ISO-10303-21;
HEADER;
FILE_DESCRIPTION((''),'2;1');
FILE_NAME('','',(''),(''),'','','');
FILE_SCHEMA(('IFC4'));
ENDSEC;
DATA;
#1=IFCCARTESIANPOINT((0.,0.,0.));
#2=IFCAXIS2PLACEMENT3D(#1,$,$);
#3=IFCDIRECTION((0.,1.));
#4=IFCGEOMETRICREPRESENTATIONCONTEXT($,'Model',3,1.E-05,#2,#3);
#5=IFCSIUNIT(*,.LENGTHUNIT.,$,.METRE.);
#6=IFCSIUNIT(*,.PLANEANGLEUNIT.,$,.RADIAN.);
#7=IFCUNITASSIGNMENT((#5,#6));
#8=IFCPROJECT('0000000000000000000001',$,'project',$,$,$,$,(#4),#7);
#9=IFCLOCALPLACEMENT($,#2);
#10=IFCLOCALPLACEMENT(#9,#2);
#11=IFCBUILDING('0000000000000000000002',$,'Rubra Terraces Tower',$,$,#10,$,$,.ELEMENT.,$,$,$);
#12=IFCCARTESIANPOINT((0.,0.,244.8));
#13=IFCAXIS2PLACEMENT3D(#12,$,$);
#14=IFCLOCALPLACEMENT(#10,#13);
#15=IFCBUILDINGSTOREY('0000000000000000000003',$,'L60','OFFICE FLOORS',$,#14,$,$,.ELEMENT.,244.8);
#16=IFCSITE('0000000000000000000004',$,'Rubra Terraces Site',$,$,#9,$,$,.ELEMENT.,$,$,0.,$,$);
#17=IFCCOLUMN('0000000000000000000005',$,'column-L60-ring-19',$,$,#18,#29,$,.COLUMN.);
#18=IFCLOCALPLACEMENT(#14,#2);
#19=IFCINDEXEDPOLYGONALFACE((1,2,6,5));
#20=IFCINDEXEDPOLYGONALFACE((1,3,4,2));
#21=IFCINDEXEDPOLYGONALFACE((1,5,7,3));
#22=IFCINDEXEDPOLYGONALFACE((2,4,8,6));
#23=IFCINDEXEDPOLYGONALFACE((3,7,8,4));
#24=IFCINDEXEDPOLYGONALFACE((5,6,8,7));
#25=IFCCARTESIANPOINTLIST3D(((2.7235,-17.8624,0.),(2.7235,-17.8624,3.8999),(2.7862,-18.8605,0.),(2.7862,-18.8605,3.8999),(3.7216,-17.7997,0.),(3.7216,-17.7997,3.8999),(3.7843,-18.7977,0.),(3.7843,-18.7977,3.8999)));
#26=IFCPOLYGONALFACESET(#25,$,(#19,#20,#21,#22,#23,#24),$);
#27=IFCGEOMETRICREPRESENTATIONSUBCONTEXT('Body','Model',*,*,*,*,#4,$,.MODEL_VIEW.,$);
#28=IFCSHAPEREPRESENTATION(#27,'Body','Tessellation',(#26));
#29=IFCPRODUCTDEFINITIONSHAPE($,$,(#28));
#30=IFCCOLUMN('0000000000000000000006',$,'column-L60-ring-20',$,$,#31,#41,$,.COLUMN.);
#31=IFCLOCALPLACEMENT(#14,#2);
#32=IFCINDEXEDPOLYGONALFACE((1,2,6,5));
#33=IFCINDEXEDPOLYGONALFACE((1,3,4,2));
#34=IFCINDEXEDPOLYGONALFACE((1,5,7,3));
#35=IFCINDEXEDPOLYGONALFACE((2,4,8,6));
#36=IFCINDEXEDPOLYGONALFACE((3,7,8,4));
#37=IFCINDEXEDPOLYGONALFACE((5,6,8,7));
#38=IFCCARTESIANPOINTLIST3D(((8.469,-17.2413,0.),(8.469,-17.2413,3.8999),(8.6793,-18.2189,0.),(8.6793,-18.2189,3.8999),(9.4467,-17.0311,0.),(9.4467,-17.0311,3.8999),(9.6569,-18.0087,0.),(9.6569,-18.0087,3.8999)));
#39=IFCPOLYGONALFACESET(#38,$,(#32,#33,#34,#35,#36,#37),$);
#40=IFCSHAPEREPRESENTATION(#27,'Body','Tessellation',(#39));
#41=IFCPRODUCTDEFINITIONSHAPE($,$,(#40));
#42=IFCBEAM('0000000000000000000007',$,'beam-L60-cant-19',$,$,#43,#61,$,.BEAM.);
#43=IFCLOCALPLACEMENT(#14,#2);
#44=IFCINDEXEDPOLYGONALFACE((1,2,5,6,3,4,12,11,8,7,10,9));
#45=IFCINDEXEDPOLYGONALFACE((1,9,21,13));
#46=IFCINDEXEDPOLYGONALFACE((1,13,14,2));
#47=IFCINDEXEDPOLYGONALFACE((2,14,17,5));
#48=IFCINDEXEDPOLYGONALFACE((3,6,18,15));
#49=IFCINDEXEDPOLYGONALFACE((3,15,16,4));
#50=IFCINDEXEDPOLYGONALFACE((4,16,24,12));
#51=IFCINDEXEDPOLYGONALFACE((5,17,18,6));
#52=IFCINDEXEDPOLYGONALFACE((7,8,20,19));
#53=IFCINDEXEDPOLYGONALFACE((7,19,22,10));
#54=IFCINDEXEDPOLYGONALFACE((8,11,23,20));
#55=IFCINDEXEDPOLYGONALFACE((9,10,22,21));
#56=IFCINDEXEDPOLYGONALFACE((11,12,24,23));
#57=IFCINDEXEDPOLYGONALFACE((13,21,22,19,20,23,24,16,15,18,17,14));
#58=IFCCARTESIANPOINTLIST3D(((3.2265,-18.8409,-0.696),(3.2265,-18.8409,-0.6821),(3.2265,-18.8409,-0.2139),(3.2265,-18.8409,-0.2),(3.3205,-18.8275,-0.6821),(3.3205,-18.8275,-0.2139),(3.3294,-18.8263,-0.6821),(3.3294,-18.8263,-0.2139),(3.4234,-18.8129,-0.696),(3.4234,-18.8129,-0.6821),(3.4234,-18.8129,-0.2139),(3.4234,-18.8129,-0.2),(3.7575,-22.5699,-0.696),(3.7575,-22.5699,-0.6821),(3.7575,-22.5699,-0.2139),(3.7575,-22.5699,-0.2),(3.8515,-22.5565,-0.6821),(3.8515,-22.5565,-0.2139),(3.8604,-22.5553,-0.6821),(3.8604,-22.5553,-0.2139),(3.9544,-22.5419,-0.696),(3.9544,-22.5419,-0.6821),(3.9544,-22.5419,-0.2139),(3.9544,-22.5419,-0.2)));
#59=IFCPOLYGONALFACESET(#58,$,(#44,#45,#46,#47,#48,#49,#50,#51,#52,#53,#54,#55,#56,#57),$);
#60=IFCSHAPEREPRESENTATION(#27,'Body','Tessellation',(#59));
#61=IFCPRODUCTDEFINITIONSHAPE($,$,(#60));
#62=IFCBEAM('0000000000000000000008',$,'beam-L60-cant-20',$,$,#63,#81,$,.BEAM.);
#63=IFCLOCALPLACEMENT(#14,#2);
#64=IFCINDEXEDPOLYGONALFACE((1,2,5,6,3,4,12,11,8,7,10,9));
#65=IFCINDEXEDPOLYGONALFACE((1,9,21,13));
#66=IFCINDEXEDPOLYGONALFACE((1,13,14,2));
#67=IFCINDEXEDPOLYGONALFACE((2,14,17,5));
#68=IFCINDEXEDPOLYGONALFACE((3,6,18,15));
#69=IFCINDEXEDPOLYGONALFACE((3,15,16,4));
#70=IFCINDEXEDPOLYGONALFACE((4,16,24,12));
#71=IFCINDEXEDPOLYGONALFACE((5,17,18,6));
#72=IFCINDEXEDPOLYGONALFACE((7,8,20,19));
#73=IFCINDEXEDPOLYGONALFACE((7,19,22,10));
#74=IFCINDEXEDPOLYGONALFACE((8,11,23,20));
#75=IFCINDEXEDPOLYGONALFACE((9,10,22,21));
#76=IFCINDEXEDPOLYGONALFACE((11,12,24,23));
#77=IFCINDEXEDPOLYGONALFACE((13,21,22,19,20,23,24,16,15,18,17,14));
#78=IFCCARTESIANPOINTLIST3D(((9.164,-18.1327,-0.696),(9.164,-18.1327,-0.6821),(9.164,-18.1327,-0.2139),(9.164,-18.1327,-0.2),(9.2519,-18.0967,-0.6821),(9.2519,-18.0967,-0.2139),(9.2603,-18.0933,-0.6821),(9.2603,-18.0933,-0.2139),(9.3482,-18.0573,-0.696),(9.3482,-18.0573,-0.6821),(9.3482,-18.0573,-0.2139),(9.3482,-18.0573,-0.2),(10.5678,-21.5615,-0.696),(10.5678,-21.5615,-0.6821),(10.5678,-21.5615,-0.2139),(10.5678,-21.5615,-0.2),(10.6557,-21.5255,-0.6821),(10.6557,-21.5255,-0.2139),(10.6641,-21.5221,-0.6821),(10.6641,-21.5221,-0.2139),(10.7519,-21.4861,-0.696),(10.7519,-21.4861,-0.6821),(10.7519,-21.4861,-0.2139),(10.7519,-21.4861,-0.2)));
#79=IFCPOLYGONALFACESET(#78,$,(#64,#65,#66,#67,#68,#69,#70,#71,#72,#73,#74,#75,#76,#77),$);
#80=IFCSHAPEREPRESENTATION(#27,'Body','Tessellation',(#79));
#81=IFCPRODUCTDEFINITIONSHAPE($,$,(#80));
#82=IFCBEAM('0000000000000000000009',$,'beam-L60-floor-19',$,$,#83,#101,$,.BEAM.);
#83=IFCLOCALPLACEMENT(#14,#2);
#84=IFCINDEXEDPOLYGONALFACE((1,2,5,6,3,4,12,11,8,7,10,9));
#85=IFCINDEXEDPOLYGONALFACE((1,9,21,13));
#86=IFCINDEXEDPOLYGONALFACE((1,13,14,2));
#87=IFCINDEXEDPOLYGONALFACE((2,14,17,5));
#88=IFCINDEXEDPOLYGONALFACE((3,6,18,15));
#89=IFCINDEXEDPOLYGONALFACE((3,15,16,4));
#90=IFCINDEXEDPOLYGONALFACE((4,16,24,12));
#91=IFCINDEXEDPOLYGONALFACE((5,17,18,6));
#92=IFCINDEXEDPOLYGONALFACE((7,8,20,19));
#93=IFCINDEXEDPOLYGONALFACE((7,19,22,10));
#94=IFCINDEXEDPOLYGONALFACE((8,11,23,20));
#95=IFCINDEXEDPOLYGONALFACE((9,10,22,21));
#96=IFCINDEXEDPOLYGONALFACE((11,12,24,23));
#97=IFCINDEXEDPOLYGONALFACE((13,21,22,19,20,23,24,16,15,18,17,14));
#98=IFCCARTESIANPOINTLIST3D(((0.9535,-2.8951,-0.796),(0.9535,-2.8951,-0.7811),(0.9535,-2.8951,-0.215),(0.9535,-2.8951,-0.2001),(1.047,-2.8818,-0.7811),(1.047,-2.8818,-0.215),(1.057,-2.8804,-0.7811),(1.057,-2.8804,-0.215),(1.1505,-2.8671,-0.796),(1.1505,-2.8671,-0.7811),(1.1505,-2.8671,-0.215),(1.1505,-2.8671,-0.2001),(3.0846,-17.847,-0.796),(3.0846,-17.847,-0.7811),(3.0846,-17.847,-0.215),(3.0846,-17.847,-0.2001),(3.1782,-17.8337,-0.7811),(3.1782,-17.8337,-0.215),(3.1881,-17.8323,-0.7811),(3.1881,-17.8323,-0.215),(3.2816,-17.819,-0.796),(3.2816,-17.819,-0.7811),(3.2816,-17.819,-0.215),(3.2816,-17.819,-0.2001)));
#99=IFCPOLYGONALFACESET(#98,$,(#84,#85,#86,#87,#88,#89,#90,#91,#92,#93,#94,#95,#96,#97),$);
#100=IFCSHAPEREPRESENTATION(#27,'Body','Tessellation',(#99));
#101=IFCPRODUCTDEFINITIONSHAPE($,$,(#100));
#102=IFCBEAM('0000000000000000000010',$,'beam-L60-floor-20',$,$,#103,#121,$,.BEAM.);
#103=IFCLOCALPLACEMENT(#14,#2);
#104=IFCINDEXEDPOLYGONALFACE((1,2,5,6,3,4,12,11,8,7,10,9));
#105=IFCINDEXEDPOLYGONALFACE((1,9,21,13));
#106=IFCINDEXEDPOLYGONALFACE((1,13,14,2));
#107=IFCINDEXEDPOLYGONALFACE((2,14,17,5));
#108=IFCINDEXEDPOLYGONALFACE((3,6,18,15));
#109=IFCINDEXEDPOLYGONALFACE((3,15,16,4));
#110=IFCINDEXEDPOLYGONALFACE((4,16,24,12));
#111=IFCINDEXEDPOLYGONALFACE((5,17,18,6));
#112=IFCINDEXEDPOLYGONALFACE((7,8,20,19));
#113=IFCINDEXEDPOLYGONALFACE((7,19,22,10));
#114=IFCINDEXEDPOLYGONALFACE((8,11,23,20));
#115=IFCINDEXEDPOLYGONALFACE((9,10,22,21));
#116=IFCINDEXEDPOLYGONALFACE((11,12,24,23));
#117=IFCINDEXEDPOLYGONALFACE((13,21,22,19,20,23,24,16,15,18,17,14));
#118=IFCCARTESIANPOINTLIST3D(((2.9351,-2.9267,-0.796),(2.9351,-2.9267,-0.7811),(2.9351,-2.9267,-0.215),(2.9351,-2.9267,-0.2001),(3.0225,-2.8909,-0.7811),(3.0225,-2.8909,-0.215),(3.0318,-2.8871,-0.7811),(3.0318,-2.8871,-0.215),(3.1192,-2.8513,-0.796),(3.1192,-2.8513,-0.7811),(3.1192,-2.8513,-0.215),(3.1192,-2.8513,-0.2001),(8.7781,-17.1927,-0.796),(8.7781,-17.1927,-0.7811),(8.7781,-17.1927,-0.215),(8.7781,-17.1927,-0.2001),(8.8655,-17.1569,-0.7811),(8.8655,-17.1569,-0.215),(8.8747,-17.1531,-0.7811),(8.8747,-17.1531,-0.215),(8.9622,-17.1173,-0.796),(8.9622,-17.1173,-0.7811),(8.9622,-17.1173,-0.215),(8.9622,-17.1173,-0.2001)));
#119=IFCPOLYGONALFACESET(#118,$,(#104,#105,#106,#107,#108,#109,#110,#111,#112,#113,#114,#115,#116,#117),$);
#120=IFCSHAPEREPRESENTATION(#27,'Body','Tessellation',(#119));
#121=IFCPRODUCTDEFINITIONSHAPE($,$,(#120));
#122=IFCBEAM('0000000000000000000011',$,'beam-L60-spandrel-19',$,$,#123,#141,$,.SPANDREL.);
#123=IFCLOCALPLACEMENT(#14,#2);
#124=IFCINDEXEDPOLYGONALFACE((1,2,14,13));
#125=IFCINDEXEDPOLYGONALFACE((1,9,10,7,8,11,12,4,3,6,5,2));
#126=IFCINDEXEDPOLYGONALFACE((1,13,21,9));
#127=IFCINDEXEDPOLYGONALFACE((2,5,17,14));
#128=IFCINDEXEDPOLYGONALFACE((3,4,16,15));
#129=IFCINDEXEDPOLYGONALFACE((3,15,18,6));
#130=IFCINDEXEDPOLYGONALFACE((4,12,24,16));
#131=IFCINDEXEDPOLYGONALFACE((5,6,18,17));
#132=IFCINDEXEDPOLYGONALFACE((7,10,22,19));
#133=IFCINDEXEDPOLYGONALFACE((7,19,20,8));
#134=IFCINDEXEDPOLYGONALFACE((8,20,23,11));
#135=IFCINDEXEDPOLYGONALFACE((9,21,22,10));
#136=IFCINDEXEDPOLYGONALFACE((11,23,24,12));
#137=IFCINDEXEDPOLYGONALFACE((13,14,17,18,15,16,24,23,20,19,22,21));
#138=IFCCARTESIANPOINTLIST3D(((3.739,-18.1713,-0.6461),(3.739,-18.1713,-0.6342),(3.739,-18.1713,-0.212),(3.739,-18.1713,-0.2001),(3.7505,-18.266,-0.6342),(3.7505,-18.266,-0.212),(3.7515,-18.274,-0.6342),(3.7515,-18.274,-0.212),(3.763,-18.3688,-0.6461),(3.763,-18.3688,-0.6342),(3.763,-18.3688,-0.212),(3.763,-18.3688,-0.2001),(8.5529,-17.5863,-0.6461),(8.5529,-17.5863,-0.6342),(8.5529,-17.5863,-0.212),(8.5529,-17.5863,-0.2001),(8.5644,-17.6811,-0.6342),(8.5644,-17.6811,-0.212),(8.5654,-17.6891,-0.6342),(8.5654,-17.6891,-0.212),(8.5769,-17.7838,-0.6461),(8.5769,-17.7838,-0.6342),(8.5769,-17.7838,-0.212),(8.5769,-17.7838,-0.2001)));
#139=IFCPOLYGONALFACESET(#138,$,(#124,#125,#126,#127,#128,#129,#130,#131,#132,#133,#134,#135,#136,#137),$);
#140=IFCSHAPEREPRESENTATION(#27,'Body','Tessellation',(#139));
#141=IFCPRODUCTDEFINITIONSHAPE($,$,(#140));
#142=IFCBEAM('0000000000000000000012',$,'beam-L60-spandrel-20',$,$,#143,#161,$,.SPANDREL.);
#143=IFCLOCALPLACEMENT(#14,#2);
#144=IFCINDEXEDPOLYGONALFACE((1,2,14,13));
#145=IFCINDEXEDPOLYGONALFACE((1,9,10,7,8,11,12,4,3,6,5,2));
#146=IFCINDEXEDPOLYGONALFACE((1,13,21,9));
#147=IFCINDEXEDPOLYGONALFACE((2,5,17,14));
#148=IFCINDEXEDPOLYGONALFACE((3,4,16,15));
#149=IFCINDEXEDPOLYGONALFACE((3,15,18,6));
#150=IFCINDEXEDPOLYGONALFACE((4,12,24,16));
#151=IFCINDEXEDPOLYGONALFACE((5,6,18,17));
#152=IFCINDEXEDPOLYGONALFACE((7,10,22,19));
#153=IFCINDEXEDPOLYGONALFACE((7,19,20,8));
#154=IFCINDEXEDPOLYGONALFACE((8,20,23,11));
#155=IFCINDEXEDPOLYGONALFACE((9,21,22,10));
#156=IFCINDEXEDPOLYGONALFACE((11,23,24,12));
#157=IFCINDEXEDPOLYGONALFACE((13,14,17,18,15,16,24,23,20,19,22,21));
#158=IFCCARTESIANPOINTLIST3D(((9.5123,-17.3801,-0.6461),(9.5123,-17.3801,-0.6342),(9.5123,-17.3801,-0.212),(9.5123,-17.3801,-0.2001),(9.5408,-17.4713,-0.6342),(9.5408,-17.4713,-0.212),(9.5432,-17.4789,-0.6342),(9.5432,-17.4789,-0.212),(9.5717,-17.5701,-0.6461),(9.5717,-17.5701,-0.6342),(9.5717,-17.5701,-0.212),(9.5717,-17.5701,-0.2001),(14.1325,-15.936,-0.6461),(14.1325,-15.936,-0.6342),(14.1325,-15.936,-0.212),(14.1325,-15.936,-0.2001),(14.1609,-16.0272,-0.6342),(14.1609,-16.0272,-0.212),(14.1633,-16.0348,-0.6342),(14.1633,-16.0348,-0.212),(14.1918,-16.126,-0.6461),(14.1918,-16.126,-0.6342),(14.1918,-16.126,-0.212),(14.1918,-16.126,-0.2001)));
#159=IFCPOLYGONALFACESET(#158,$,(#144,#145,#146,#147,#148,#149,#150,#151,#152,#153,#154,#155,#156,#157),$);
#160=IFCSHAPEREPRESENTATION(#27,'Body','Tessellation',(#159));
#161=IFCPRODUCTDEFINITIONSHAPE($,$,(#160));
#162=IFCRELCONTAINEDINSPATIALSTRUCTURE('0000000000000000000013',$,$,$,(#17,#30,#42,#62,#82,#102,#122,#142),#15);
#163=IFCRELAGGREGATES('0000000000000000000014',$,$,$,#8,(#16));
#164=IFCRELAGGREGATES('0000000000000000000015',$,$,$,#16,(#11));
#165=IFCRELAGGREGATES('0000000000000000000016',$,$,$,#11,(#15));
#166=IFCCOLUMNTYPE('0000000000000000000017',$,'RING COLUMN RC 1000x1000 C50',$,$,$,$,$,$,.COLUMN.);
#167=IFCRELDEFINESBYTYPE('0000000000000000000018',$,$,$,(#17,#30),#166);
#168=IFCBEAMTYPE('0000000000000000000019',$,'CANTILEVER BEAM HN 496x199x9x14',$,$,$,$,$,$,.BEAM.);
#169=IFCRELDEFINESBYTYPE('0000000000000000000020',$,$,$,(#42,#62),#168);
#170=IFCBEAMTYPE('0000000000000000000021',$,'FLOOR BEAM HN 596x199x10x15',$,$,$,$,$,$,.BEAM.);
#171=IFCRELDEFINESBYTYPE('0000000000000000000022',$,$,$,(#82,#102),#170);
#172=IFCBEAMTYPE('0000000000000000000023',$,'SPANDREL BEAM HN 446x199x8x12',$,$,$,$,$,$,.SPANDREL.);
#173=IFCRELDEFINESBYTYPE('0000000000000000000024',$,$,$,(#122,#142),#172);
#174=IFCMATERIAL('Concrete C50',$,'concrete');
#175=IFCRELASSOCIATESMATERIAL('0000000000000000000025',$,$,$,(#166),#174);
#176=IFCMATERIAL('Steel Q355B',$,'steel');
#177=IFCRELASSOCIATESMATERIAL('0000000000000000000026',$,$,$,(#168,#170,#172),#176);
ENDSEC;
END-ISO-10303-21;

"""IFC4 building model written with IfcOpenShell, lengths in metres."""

from ifc_helpers import new_model, si_unit, direction, frame, origin, origin_2d, place, context, subcontext, project, spatial, rectangle, i_section, extrude, material, material_profile, profile_set, type_object, element, save


model = new_model("IFC4")

# Units and contexts
model_context = context("Model", 3, precision=1e-05, world=origin(), true_north=direction((0.0, 1.0)))
body_context = subcontext(model_context, "Body", "Model", "MODEL_VIEW")
ifc_project = project(units=[si_unit("LENGTHUNIT", "METRE"), si_unit("PLANEANGLEUNIT", "RADIAN")], contexts=[model_context])

# Site, building, storey
site_placement = place(None, origin())
site = spatial("IfcSite", under=ifc_project, at=site_placement, Name="Rubra Terraces Site", CompositionType="ELEMENT", RefElevation=0.0)
building_placement = place(site_placement, origin())
building = spatial("IfcBuilding", under=site, at=building_placement, Name="Rubra Terraces Tower", CompositionType="ELEMENT")
storey_placement = place(building_placement, frame((0.0, 0.0, 244.8)))
storey = spatial("IfcBuildingStorey", under=building, at=storey_placement, Name="L60", Description="OFFICE FLOORS", CompositionType="ELEMENT", Elevation=244.8)

# Columns
ifc_material_1 = material(Name="Concrete C50", Category="concrete")
ifc_material_profile_1 = material_profile(ifc_material_1, rectangle(XDim=1.0, YDim=1.0, at=origin_2d()), Name="RC 1000x1000")
ifc_profile_set_1 = profile_set([ifc_material_profile_1], Name="Concrete C50")
column_type = type_object("IfcColumnType", Name="RING COLUMN RC 1000x1000 C50", PredefinedType="COLUMN", material=ifc_profile_set_1)
for number, where, z_axis, x_axis, name in (
    (1, (3.2539, -18.3301, 0.0), (0.0, 0.0, 1.0), (0.998032, 0.062714, 0.0), "column-L60-ring-19"),
    (2, (9.063, -17.625, 0.0), (0.0, 0.0, 1.0), (0.977653, 0.210227, 0.0), "column-L60-ring-20"),
):
    element("IfcColumn", number, at=place(storey_placement, frame(where, z_axis=z_axis, x_axis=x_axis)), inside=storey, type_object=column_type, Name=name, PredefinedType="COLUMN", context=body_context, shape_type="SweptSolid", body=[
        extrude(rectangle(XDim=1.0, YDim=1.0, at=origin_2d()), origin(), (0.0, 0.0, 1.0), 3.8999),
    ])

# Beams
ifc_material_2 = material(Name="Steel Q355B", Category="steel")
ifc_material_profile_2 = material_profile(ifc_material_2, i_section(OverallWidth=0.199, OverallDepth=0.4961, WebThickness=0.009, FlangeThickness=0.0139, at=origin_2d()), Name="HN 496x199x9x14")
ifc_profile_set_2 = profile_set([ifc_material_profile_2], Name="Steel Q355B")
beam_type_1 = type_object("IfcBeamType", Name="CANTILEVER BEAM HN 496x199x9x14", PredefinedType="BEAM", material=ifc_profile_set_2)
beam_1_placement = place(storey_placement, frame((3.325, -18.8269, -0.448), z_axis=(0.140977, -0.990013, 0.0), x_axis=(0.990013, 0.140977, 0.0)))
element("IfcBeam", 3, at=beam_1_placement, inside=storey, type_object=beam_type_1, Name="beam-L60-cant-19", PredefinedType="BEAM", context=body_context, shape_type="SweptSolid", body=[
    extrude(i_section(OverallWidth=0.199, OverallDepth=0.4961, WebThickness=0.009, FlangeThickness=0.0139, at=origin_2d()), origin(), (0.0, 0.0, 1.0), 3.7666),
])
beam_2_placement = place(storey_placement, frame((9.2561, -18.095, -0.448), z_axis=(0.378877, -0.925447, 0.0), x_axis=(0.925447, 0.378877, 0.0)))
element("IfcBeam", 4, at=beam_2_placement, inside=storey, type_object=beam_type_1, Name="beam-L60-cant-20", PredefinedType="BEAM", context=body_context, shape_type="SweptSolid", body=[
    extrude(i_section(OverallWidth=0.199, OverallDepth=0.4961, WebThickness=0.009, FlangeThickness=0.0139, at=origin_2d()), origin(), (0.0, 0.0, 1.0), 3.7051),
])
ifc_material_profile_3 = material_profile(ifc_material_2, i_section(OverallWidth=0.199, OverallDepth=0.5959, WebThickness=0.01, FlangeThickness=0.0149, at=origin_2d()), Name="HN 596x199x10x15")
ifc_profile_set_3 = profile_set([ifc_material_profile_3], Name="Steel Q355B")
beam_type_2 = type_object("IfcBeamType", Name="FLOOR BEAM HN 596x199x10x15", PredefinedType="BEAM", material=ifc_profile_set_3)
beam_3_placement = place(storey_placement, frame((3.1831, -17.833, -0.498), z_axis=(-0.141105, 0.989995, 0.0), x_axis=(-0.989995, -0.141105, 0.0)))
element("IfcBeam", 5, at=beam_3_placement, inside=storey, type_object=beam_type_2, Name="beam-L60-floor-19", PredefinedType="BEAM", context=body_context, shape_type="SweptSolid", body=[
    extrude(i_section(OverallWidth=0.199, OverallDepth=0.5959, WebThickness=0.01, FlangeThickness=0.0149, at=origin_2d()), origin(), (0.0, 0.0, 1.0), 15.103),
])
beam_4_placement = place(storey_placement, frame((8.8701, -17.155, -0.498), z_axis=(-0.379015, 0.92539, 0.0), x_axis=(-0.92539, -0.379015, 0.0)))
element("IfcBeam", 6, at=beam_4_placement, inside=storey, type_object=beam_type_2, Name="beam-L60-floor-20", PredefinedType="BEAM", context=body_context, shape_type="SweptSolid", body=[
    extrude(i_section(OverallWidth=0.199, OverallDepth=0.5959, WebThickness=0.01, FlangeThickness=0.0149, at=origin_2d()), origin(), (0.0, 0.0, 1.0), 15.4163),
])
ifc_material_profile_4 = material_profile(ifc_material_2, i_section(OverallWidth=0.199, OverallDepth=0.446, WebThickness=0.0081, FlangeThickness=0.012, at=origin_2d()), Name="HN 446x199x8x12")
ifc_profile_set_4 = profile_set([ifc_material_profile_4], Name="Steel Q355B")
beam_type_3 = type_object("IfcBeamType", Name="SPANDREL BEAM HN 446x199x8x12", PredefinedType="SPANDREL", material=ifc_profile_set_4)
beam_5_placement = place(storey_placement, frame((3.751, -18.27, -0.4231), z_axis=(0.992698, 0.120626, 0.0), x_axis=(-0.120626, 0.992698, 0.0)))
element("IfcBeam", 7, at=beam_5_placement, inside=storey, type_object=beam_type_3, Name="beam-L60-spandrel-19", PredefinedType="SPANDREL", context=body_context, shape_type="SweptSolid", body=[
    extrude(i_section(OverallWidth=0.199, OverallDepth=0.446, WebThickness=0.0081, FlangeThickness=0.012, at=origin_2d()), origin(), (0.0, 0.0, 1.0), 4.8494),
])
beam_6_placement = place(storey_placement, frame((9.542, -17.4751, -0.4231), z_axis=(0.954462, 0.298332, 0.0), x_axis=(-0.298332, 0.954462, 0.0)))
element("IfcBeam", 8, at=beam_6_placement, inside=storey, type_object=beam_type_3, Name="beam-L60-spandrel-20", PredefinedType="SPANDREL", context=body_context, shape_type="SweptSolid", body=[
    extrude(i_section(OverallWidth=0.199, OverallDepth=0.446, WebThickness=0.0081, FlangeThickness=0.012, at=origin_2d()), origin(), (0.0, 0.0, 1.0), 4.8406),
])

save(model, "model.ifc")
